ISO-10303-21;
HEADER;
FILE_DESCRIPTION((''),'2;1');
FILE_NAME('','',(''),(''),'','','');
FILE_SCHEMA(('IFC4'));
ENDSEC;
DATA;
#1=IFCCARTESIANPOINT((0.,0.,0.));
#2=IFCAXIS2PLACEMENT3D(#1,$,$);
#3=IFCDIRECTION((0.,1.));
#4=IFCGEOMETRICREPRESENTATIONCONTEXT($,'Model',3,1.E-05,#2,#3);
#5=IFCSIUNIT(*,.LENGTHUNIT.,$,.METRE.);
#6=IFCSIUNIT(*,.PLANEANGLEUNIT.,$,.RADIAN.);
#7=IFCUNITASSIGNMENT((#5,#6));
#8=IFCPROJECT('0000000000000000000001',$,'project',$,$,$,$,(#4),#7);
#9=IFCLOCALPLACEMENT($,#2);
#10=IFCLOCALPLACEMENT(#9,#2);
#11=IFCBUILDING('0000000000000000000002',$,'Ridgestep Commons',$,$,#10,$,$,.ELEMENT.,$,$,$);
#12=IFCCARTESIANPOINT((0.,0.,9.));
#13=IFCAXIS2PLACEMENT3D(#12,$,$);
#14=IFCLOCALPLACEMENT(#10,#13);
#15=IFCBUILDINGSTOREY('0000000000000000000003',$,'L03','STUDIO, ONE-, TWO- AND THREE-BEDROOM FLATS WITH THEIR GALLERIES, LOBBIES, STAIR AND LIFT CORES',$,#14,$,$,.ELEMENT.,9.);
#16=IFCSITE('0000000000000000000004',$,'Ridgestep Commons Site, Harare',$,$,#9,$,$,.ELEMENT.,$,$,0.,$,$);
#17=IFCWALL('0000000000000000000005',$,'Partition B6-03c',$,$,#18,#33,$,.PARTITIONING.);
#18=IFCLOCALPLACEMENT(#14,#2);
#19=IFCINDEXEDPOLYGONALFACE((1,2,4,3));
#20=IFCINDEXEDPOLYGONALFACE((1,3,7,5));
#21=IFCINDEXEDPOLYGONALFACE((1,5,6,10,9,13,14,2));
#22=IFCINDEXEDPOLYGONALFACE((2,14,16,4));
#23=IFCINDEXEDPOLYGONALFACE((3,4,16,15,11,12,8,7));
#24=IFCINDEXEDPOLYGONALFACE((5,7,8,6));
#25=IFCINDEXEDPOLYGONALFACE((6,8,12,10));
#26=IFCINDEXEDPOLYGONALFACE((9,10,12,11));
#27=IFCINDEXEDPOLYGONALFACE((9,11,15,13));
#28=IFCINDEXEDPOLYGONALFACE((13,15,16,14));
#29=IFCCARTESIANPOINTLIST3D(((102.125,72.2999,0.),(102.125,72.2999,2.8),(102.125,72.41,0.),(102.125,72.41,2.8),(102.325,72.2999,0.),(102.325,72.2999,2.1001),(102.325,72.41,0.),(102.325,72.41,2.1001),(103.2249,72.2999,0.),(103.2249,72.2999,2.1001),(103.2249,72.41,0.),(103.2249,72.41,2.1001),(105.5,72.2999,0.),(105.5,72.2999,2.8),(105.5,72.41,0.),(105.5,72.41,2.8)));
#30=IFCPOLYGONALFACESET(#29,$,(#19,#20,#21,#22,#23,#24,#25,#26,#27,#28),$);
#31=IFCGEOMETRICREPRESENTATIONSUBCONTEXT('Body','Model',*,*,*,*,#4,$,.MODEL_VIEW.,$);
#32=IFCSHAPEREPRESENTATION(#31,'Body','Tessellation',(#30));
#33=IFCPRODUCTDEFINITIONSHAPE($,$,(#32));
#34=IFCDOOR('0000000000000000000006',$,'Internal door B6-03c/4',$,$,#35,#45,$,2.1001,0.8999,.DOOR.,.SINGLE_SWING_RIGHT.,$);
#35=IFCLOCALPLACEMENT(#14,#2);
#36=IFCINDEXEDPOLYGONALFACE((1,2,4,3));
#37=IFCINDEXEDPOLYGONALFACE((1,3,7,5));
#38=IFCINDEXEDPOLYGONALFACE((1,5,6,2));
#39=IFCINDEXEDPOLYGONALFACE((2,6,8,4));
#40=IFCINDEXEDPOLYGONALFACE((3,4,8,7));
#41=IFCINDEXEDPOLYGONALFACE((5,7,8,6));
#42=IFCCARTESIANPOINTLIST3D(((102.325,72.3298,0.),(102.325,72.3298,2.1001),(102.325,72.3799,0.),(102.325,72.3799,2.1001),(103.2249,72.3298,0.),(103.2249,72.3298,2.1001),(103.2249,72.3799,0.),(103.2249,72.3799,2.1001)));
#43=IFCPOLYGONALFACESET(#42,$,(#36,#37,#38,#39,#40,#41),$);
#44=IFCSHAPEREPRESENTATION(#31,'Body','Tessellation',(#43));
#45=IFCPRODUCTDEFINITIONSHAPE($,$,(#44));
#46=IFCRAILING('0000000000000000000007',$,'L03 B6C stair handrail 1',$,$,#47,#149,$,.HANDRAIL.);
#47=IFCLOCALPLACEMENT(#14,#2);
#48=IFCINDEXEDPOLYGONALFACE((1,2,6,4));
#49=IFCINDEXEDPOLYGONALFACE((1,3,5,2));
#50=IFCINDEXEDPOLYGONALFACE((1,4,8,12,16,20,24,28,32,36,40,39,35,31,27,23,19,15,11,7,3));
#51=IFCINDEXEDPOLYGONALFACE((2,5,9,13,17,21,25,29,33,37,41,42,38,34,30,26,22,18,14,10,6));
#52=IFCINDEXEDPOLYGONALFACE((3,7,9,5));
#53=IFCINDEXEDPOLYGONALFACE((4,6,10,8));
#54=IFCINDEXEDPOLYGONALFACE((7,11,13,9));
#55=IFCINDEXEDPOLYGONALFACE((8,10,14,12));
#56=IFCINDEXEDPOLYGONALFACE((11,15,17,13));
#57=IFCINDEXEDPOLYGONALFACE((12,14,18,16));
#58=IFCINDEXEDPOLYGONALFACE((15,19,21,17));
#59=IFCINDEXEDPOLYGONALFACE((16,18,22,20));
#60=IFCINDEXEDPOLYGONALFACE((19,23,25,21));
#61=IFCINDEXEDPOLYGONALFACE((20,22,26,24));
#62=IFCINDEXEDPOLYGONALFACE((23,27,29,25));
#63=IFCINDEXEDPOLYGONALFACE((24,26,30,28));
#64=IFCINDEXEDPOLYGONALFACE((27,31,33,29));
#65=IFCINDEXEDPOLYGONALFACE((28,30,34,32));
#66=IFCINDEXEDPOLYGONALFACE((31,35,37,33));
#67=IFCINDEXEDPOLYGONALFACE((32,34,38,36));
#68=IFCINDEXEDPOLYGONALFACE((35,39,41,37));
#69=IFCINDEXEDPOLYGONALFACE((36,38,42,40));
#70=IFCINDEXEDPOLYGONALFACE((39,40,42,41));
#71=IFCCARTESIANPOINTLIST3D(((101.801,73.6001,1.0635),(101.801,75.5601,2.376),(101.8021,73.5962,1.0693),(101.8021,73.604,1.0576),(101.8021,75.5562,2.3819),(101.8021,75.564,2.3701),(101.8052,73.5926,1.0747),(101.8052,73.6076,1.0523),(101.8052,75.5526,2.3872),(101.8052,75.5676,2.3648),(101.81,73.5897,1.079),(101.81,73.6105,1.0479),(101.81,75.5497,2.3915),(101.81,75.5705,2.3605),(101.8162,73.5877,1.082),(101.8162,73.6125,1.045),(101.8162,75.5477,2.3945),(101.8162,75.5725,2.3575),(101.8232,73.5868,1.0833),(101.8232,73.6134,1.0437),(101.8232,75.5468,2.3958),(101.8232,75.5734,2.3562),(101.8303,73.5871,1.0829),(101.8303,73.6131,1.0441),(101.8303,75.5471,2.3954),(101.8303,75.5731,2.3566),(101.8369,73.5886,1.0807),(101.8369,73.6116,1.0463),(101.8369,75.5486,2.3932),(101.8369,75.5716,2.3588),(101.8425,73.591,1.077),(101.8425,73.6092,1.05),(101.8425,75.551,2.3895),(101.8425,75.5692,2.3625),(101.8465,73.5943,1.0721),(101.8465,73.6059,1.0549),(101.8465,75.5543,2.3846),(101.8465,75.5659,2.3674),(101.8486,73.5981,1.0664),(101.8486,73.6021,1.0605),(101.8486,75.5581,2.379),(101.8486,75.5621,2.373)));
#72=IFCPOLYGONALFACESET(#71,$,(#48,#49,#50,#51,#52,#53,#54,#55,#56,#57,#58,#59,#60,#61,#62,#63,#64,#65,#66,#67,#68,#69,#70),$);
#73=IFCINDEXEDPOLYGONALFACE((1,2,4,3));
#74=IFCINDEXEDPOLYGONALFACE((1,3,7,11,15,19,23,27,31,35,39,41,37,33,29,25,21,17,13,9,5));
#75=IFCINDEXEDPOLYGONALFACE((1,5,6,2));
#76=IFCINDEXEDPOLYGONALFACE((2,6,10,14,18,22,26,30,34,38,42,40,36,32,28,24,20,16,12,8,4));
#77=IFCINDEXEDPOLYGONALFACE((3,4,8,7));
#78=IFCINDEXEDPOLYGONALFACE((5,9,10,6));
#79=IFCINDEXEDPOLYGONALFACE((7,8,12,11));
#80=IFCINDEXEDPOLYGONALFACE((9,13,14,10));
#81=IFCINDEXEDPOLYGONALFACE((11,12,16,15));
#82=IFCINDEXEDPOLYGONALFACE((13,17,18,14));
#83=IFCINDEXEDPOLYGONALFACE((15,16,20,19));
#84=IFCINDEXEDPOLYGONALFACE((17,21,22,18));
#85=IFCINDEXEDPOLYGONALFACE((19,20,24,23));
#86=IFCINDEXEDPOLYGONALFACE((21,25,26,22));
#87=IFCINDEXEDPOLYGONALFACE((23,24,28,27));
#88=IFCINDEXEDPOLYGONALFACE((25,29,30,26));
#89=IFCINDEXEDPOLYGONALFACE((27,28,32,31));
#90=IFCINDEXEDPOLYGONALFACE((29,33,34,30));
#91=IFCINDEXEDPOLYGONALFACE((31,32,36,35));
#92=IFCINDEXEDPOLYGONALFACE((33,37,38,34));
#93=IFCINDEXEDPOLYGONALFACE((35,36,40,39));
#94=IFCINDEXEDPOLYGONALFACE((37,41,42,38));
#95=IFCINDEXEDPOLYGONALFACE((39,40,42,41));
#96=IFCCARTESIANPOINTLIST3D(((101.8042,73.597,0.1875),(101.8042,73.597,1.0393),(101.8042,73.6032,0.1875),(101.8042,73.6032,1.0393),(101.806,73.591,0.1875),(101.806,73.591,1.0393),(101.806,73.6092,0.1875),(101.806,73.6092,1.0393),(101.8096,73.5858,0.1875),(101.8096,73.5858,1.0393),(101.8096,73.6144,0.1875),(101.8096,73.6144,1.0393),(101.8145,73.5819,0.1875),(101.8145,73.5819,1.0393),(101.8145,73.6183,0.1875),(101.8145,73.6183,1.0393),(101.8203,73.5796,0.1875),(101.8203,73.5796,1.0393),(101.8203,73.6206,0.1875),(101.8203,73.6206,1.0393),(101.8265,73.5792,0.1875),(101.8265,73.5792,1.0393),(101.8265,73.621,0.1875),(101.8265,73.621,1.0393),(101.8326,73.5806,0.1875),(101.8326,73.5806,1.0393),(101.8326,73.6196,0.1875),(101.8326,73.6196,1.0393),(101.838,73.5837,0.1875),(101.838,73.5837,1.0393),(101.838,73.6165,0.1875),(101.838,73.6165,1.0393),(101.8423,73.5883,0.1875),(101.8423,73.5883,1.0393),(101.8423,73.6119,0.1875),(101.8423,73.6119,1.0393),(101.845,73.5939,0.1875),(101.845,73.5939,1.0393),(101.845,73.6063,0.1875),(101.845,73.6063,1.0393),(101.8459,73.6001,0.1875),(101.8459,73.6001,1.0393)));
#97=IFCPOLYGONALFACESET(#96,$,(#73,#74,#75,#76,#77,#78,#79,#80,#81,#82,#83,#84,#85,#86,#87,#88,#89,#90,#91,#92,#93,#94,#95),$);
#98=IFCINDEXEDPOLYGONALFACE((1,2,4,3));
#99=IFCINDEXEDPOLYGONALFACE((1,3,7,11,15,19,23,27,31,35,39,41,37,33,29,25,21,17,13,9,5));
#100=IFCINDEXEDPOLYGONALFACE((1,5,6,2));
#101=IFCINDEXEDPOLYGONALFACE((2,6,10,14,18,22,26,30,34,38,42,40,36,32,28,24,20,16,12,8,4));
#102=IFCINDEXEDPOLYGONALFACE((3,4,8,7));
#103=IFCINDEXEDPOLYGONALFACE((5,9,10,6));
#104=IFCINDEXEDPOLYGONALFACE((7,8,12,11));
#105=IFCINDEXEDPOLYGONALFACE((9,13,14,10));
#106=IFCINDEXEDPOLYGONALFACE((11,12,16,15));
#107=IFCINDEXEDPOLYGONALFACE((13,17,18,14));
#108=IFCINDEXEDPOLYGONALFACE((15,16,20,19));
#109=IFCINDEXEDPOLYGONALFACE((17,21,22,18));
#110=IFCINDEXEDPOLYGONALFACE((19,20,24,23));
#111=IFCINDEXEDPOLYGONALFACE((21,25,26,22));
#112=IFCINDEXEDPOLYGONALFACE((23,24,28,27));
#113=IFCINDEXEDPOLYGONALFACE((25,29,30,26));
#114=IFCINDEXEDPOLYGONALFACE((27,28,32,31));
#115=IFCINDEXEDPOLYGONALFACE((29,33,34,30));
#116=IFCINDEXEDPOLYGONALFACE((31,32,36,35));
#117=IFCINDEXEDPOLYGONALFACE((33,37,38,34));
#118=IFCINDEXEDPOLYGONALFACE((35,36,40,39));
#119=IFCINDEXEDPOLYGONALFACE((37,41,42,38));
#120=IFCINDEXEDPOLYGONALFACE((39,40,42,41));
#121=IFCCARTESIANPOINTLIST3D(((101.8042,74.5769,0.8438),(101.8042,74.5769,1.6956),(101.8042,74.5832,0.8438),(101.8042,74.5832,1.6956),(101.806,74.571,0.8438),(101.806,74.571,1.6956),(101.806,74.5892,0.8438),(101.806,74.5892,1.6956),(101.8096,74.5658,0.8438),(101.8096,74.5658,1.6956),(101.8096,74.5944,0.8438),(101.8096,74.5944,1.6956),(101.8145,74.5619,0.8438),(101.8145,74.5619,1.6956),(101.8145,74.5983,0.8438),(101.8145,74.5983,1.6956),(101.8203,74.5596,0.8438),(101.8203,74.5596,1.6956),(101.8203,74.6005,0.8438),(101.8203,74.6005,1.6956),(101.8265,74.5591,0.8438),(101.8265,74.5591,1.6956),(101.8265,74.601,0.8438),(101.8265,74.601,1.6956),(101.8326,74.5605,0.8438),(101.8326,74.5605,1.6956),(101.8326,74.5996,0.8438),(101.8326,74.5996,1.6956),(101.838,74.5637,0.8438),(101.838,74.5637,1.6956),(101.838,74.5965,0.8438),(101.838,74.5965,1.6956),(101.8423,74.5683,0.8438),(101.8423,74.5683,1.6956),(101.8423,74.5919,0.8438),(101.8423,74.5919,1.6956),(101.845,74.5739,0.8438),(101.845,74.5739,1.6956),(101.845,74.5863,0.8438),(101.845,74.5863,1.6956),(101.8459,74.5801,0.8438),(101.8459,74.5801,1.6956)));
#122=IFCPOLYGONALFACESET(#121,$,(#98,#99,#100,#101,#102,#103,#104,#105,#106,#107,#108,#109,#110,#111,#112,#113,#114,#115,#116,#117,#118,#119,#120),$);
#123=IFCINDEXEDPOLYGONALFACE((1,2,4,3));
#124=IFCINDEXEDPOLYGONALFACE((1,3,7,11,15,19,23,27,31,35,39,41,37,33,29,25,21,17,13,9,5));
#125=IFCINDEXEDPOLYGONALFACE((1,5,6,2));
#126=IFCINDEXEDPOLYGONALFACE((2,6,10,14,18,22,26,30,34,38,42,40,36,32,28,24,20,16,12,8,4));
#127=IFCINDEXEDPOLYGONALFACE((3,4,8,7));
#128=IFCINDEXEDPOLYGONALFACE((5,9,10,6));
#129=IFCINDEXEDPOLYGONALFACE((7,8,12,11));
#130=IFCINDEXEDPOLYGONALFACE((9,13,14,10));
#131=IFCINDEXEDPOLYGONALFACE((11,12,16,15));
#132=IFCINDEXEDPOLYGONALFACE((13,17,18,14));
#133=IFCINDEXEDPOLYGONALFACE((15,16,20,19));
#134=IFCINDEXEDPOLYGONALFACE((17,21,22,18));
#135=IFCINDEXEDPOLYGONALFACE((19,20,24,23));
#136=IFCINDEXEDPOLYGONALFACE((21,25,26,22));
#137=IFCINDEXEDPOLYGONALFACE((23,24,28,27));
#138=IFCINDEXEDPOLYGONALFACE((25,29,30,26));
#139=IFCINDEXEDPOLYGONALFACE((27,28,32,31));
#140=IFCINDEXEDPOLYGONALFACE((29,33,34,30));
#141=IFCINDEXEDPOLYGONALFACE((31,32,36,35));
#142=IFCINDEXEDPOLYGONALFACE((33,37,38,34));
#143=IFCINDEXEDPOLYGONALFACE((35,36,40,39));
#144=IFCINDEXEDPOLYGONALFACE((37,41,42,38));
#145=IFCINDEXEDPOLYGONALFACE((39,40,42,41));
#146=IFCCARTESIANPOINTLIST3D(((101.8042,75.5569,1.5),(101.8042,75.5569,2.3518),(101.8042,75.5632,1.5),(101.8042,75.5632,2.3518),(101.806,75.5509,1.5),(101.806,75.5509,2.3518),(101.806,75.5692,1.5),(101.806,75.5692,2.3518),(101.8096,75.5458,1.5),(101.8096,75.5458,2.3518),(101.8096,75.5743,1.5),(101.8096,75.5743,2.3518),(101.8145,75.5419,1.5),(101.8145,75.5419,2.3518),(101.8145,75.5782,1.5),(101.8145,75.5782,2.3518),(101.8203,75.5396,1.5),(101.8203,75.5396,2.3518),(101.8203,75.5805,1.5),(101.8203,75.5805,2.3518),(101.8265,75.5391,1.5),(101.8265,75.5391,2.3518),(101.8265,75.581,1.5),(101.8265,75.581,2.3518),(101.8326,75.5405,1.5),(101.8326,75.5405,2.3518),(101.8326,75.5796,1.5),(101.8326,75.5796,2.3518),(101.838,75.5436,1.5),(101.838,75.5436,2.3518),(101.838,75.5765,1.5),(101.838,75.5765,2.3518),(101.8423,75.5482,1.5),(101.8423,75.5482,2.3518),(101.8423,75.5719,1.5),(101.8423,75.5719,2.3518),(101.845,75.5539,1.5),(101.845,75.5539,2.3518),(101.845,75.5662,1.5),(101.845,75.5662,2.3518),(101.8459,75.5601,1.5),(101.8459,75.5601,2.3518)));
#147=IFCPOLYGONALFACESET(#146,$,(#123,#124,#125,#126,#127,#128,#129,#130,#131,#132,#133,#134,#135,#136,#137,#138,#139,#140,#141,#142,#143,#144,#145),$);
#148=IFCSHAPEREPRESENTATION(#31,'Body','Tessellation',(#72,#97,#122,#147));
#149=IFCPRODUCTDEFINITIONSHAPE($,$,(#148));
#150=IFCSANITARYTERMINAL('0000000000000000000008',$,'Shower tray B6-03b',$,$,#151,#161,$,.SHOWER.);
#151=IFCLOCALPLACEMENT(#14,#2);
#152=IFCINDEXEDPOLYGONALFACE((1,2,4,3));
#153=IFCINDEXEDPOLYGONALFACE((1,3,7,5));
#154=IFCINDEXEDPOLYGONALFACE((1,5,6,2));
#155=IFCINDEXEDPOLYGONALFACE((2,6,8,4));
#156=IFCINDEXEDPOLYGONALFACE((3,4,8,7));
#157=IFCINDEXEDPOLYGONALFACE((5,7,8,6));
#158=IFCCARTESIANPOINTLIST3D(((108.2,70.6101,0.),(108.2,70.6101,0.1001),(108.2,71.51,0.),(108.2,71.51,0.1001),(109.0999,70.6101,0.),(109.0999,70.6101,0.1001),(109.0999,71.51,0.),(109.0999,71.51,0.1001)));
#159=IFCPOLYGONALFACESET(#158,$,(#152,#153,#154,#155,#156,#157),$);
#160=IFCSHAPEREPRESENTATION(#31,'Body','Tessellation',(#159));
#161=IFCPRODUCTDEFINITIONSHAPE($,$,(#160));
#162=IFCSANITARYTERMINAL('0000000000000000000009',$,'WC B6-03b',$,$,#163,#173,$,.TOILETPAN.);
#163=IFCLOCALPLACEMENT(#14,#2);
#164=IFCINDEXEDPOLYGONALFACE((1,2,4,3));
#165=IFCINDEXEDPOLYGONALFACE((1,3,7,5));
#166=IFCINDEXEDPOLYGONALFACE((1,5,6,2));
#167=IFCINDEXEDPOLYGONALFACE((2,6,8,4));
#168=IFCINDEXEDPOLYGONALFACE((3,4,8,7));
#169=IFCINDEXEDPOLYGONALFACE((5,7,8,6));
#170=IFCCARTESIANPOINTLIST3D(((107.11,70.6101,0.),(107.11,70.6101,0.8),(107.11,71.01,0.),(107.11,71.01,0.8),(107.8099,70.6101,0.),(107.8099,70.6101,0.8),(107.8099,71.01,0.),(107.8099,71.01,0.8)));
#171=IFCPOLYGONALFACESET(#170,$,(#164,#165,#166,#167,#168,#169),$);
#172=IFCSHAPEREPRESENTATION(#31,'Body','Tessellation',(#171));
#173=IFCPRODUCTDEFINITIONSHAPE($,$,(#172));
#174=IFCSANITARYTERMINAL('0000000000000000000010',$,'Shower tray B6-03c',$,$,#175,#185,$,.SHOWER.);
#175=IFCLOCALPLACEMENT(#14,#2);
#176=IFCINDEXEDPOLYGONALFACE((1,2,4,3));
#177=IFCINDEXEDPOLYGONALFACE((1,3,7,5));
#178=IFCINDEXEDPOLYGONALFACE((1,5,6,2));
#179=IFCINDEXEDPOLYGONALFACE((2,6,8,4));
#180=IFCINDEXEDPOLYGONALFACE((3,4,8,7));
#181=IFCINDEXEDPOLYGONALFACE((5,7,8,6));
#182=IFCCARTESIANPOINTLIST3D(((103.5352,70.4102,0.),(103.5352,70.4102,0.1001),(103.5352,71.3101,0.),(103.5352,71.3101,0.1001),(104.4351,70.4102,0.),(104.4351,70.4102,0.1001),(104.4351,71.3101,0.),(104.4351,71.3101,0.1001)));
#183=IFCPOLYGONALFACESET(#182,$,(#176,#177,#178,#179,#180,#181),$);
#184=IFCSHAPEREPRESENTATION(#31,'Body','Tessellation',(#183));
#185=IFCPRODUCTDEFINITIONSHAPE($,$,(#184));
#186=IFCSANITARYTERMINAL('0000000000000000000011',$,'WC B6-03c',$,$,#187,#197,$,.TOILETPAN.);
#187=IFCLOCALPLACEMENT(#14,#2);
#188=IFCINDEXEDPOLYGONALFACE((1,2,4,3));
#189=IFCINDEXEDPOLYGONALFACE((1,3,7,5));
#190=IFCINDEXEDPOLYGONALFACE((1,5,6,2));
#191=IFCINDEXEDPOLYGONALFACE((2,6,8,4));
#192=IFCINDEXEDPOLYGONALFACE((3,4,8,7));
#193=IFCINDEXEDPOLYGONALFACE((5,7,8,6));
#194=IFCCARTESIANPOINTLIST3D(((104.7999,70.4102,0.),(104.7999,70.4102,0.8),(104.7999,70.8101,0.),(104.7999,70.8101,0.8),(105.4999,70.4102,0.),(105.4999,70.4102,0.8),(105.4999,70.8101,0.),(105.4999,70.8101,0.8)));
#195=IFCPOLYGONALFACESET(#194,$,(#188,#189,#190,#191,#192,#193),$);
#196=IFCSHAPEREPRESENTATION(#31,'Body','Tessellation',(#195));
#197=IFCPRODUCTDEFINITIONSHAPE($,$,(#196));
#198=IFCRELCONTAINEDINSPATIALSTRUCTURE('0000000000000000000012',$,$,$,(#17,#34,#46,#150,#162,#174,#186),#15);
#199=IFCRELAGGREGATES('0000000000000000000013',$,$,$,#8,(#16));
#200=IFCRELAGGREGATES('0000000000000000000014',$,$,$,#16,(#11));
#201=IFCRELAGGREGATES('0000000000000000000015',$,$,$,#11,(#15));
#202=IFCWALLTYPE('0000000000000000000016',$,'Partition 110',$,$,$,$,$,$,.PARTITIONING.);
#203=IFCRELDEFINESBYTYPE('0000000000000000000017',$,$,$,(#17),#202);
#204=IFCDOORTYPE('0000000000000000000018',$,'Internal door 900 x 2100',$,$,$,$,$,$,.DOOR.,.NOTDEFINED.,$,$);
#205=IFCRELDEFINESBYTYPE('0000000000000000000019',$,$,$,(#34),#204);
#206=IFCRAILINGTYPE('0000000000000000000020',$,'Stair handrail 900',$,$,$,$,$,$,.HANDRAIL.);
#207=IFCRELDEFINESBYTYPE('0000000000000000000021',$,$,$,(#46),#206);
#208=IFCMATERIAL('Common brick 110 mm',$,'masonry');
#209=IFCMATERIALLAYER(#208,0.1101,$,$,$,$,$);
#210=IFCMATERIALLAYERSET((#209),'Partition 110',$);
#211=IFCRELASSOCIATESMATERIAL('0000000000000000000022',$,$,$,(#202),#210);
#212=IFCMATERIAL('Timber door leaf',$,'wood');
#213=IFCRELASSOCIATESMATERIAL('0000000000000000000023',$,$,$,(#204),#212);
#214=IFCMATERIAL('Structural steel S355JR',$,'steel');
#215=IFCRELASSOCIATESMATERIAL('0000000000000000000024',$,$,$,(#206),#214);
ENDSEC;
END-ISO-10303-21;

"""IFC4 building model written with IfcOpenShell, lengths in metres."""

from ifc_helpers import new_model, si_unit, direction, frame, frame_2d, origin, origin_2d, place, context, subcontext, project, spatial, rectangle, circle, extrude, material, layer, layer_set, type_object, element, fill, save


model = new_model("IFC4")

# Units and contexts
model_context = context("Model", 3, precision=1e-05, world=origin(), true_north=direction((0.0, 1.0)))
body_context = subcontext(model_context, "Body", "Model", "MODEL_VIEW")
ifc_project = project(units=[si_unit("LENGTHUNIT", "METRE"), si_unit("PLANEANGLEUNIT", "RADIAN")], contexts=[model_context])

# Site, building, storey
site_placement = place(None, origin())
site = spatial("IfcSite", under=ifc_project, at=site_placement, Name="Ridgestep Commons Site, Harare", CompositionType="ELEMENT", RefElevation=0.0)
building_placement = place(site_placement, origin())
building = spatial("IfcBuilding", under=site, at=building_placement, Name="Ridgestep Commons", CompositionType="ELEMENT")
storey_placement = place(building_placement, frame((0.0, 0.0, 9.0)))
storey = spatial("IfcBuildingStorey", under=building, at=storey_placement, Name="L03", Description="STUDIO, ONE-, TWO- AND THREE-BEDROOM FLATS WITH THEIR GALLERIES, LOBBIES, STAIR AND LIFT CORES", CompositionType="ELEMENT", Elevation=9.0)

# Shared definitions
ifc_material_1 = material(Name="Common brick 110 mm", Category="masonry")
ifc_layer_1 = layer(ifc_material_1, 0.1101)
ifc_layer_set_1 = layer_set([ifc_layer_1], Name="Partition 110")
wall_type_1 = type_object("IfcWallType", Name="Partition 110", PredefinedType="PARTITIONING", material=ifc_layer_set_1)

# Shared definitions
ifc_material_2 = material(Name="Timber door leaf", Category="wood")
door_type_1 = type_object("IfcDoorType", Name="Internal door 900 x 2100", OperationType="NOTDEFINED", PredefinedType="DOOR", material=ifc_material_2)

# Wall, opening, door
wall_1_placement = place(storey_placement, frame((102.125, 72.355, 0.0), z_axis=(0.0, 0.0, 1.0), x_axis=(1.0, 0.0, 0.0)))
wall_1 = element("IfcWall", 1, at=wall_1_placement, inside=storey, type_object=wall_type_1, Name="Partition B6-03c", PredefinedType="PARTITIONING", context=body_context, shape_type="SweptSolid", body=[
    extrude(rectangle(XDim=3.375, YDim=0.1101, at=frame_2d((1.6875, 0.0))), origin(), (0.0, 0.0, 1.0), 2.8),
])
opening_1_placement = place(wall_1_placement, frame((0.2, 0.0, 0.0)))
opening_1 = element("IfcOpeningElement", 2, at=opening_1_placement, cuts=wall_1, PredefinedType="OPENING", context=body_context, shape_type="SweptSolid", body=[
    extrude(rectangle(XDim=0.8999, YDim=2.1001, at=frame_2d((0.45, 1.05))), frame((0.0, 0.0649, 0.0), z_axis=(0.0, -1.0, 0.0), x_axis=(1.0, 0.0, 0.0)), (0.0, 0.0, 1.0), 0.1301),
])
door_1_placement = place(opening_1_placement, origin())
door_1 = element("IfcDoor", 3, at=door_1_placement, inside=storey, type_object=door_type_1, Name="Internal door B6-03c/4", OperationType="SINGLE_SWING_RIGHT", OverallHeight=2.1001, OverallWidth=0.8999, PredefinedType="DOOR", context=body_context, shape_type="SweptSolid", body=[
    extrude(rectangle(XDim=0.8999, YDim=2.1001, at=frame_2d((0.45, 1.05))), frame((0.0, 0.0249, 0.0), z_axis=(0.0, -1.0, 0.0), x_axis=(1.0, 0.0, 0.0)), (0.0, 0.0, 1.0), 0.05),
])
fill(opening_1, door_1)

# Railing
ifc_material_3 = material(Name="Structural steel S355JR", Category="steel")
railing_type_1 = type_object("IfcRailingType", Name="Stair handrail 900", PredefinedType="HANDRAIL", material=ifc_material_3)
railing_1_placement = place(storey_placement, frame((101.825, 73.6001, 0.1875)))
element("IfcRailing", 4, at=railing_1_placement, inside=storey, type_object=railing_type_1, Name="L03 B6C stair handrail 1", PredefinedType="HANDRAIL", context=body_context, shape_type="SweptSolid", body=[
    extrude(circle(Radius=0.0239, at=origin_2d()), frame((0.0, 0.0, 0.876), z_axis=(0.0, 0.830902, 0.556419), x_axis=(-1.0, 0.0, 0.0)), (0.0, 0.0, 1.0), 2.3589),
    extrude(circle(Radius=0.021, at=origin_2d()), origin(), (0.0, 0.0, 1.0), 0.8518),
    extrude(circle(Radius=0.021, at=origin_2d()), frame((0.0, 0.98, 0.6562)), (0.0, 0.0, 1.0), 0.8518),
    extrude(circle(Radius=0.021, at=origin_2d()), frame((0.0, 1.96, 1.3125)), (0.0, 0.0, 1.0), 0.8518),
])

# Sanitary terminals
sanitary_terminal_1_placement = place(storey_placement, frame((108.6499, 71.0601, 0.0), z_axis=(0.0, 0.0, 1.0), x_axis=(1.0, 0.0, 0.0)))
element("IfcSanitaryTerminal", 5, at=sanitary_terminal_1_placement, inside=storey, Name="Shower tray B6-03b", PredefinedType="SHOWER", context=body_context, shape_type="SweptSolid", body=[
    extrude(rectangle(XDim=0.8999, YDim=0.8999, at=origin_2d()), origin(), (0.0, 0.0, 1.0), 0.1001),
])
sanitary_terminal_2_placement = place(storey_placement, frame((107.46, 70.8101, 0.0), z_axis=(0.0, 0.0, 1.0), x_axis=(1.0, 0.0, 0.0)))
element("IfcSanitaryTerminal", 6, at=sanitary_terminal_2_placement, inside=storey, Name="WC B6-03b", PredefinedType="TOILETPAN", context=body_context, shape_type="SweptSolid", body=[
    extrude(rectangle(XDim=0.7, YDim=0.3999, at=origin_2d()), origin(), (0.0, 0.0, 1.0), 0.8),
])
sanitary_terminal_3_placement = place(storey_placement, frame((103.9851, 70.8601, 0.0), z_axis=(0.0, 0.0, 1.0), x_axis=(1.0, 0.0, 0.0)))
element("IfcSanitaryTerminal", 7, at=sanitary_terminal_3_placement, inside=storey, Name="Shower tray B6-03c", PredefinedType="SHOWER", context=body_context, shape_type="SweptSolid", body=[
    extrude(rectangle(XDim=0.8999, YDim=0.8999, at=origin_2d()), origin(), (0.0, 0.0, 1.0), 0.1001),
])
sanitary_terminal_4_placement = place(storey_placement, frame((105.1499, 70.6101, 0.0), z_axis=(0.0, 0.0, 1.0), x_axis=(1.0, 0.0, 0.0)))
element("IfcSanitaryTerminal", 8, at=sanitary_terminal_4_placement, inside=storey, Name="WC B6-03c", PredefinedType="TOILETPAN", context=body_context, shape_type="SweptSolid", body=[
    extrude(rectangle(XDim=0.7, YDim=0.3999, at=origin_2d()), origin(), (0.0, 0.0, 1.0), 0.8),
])

save(model, "model.ifc")
